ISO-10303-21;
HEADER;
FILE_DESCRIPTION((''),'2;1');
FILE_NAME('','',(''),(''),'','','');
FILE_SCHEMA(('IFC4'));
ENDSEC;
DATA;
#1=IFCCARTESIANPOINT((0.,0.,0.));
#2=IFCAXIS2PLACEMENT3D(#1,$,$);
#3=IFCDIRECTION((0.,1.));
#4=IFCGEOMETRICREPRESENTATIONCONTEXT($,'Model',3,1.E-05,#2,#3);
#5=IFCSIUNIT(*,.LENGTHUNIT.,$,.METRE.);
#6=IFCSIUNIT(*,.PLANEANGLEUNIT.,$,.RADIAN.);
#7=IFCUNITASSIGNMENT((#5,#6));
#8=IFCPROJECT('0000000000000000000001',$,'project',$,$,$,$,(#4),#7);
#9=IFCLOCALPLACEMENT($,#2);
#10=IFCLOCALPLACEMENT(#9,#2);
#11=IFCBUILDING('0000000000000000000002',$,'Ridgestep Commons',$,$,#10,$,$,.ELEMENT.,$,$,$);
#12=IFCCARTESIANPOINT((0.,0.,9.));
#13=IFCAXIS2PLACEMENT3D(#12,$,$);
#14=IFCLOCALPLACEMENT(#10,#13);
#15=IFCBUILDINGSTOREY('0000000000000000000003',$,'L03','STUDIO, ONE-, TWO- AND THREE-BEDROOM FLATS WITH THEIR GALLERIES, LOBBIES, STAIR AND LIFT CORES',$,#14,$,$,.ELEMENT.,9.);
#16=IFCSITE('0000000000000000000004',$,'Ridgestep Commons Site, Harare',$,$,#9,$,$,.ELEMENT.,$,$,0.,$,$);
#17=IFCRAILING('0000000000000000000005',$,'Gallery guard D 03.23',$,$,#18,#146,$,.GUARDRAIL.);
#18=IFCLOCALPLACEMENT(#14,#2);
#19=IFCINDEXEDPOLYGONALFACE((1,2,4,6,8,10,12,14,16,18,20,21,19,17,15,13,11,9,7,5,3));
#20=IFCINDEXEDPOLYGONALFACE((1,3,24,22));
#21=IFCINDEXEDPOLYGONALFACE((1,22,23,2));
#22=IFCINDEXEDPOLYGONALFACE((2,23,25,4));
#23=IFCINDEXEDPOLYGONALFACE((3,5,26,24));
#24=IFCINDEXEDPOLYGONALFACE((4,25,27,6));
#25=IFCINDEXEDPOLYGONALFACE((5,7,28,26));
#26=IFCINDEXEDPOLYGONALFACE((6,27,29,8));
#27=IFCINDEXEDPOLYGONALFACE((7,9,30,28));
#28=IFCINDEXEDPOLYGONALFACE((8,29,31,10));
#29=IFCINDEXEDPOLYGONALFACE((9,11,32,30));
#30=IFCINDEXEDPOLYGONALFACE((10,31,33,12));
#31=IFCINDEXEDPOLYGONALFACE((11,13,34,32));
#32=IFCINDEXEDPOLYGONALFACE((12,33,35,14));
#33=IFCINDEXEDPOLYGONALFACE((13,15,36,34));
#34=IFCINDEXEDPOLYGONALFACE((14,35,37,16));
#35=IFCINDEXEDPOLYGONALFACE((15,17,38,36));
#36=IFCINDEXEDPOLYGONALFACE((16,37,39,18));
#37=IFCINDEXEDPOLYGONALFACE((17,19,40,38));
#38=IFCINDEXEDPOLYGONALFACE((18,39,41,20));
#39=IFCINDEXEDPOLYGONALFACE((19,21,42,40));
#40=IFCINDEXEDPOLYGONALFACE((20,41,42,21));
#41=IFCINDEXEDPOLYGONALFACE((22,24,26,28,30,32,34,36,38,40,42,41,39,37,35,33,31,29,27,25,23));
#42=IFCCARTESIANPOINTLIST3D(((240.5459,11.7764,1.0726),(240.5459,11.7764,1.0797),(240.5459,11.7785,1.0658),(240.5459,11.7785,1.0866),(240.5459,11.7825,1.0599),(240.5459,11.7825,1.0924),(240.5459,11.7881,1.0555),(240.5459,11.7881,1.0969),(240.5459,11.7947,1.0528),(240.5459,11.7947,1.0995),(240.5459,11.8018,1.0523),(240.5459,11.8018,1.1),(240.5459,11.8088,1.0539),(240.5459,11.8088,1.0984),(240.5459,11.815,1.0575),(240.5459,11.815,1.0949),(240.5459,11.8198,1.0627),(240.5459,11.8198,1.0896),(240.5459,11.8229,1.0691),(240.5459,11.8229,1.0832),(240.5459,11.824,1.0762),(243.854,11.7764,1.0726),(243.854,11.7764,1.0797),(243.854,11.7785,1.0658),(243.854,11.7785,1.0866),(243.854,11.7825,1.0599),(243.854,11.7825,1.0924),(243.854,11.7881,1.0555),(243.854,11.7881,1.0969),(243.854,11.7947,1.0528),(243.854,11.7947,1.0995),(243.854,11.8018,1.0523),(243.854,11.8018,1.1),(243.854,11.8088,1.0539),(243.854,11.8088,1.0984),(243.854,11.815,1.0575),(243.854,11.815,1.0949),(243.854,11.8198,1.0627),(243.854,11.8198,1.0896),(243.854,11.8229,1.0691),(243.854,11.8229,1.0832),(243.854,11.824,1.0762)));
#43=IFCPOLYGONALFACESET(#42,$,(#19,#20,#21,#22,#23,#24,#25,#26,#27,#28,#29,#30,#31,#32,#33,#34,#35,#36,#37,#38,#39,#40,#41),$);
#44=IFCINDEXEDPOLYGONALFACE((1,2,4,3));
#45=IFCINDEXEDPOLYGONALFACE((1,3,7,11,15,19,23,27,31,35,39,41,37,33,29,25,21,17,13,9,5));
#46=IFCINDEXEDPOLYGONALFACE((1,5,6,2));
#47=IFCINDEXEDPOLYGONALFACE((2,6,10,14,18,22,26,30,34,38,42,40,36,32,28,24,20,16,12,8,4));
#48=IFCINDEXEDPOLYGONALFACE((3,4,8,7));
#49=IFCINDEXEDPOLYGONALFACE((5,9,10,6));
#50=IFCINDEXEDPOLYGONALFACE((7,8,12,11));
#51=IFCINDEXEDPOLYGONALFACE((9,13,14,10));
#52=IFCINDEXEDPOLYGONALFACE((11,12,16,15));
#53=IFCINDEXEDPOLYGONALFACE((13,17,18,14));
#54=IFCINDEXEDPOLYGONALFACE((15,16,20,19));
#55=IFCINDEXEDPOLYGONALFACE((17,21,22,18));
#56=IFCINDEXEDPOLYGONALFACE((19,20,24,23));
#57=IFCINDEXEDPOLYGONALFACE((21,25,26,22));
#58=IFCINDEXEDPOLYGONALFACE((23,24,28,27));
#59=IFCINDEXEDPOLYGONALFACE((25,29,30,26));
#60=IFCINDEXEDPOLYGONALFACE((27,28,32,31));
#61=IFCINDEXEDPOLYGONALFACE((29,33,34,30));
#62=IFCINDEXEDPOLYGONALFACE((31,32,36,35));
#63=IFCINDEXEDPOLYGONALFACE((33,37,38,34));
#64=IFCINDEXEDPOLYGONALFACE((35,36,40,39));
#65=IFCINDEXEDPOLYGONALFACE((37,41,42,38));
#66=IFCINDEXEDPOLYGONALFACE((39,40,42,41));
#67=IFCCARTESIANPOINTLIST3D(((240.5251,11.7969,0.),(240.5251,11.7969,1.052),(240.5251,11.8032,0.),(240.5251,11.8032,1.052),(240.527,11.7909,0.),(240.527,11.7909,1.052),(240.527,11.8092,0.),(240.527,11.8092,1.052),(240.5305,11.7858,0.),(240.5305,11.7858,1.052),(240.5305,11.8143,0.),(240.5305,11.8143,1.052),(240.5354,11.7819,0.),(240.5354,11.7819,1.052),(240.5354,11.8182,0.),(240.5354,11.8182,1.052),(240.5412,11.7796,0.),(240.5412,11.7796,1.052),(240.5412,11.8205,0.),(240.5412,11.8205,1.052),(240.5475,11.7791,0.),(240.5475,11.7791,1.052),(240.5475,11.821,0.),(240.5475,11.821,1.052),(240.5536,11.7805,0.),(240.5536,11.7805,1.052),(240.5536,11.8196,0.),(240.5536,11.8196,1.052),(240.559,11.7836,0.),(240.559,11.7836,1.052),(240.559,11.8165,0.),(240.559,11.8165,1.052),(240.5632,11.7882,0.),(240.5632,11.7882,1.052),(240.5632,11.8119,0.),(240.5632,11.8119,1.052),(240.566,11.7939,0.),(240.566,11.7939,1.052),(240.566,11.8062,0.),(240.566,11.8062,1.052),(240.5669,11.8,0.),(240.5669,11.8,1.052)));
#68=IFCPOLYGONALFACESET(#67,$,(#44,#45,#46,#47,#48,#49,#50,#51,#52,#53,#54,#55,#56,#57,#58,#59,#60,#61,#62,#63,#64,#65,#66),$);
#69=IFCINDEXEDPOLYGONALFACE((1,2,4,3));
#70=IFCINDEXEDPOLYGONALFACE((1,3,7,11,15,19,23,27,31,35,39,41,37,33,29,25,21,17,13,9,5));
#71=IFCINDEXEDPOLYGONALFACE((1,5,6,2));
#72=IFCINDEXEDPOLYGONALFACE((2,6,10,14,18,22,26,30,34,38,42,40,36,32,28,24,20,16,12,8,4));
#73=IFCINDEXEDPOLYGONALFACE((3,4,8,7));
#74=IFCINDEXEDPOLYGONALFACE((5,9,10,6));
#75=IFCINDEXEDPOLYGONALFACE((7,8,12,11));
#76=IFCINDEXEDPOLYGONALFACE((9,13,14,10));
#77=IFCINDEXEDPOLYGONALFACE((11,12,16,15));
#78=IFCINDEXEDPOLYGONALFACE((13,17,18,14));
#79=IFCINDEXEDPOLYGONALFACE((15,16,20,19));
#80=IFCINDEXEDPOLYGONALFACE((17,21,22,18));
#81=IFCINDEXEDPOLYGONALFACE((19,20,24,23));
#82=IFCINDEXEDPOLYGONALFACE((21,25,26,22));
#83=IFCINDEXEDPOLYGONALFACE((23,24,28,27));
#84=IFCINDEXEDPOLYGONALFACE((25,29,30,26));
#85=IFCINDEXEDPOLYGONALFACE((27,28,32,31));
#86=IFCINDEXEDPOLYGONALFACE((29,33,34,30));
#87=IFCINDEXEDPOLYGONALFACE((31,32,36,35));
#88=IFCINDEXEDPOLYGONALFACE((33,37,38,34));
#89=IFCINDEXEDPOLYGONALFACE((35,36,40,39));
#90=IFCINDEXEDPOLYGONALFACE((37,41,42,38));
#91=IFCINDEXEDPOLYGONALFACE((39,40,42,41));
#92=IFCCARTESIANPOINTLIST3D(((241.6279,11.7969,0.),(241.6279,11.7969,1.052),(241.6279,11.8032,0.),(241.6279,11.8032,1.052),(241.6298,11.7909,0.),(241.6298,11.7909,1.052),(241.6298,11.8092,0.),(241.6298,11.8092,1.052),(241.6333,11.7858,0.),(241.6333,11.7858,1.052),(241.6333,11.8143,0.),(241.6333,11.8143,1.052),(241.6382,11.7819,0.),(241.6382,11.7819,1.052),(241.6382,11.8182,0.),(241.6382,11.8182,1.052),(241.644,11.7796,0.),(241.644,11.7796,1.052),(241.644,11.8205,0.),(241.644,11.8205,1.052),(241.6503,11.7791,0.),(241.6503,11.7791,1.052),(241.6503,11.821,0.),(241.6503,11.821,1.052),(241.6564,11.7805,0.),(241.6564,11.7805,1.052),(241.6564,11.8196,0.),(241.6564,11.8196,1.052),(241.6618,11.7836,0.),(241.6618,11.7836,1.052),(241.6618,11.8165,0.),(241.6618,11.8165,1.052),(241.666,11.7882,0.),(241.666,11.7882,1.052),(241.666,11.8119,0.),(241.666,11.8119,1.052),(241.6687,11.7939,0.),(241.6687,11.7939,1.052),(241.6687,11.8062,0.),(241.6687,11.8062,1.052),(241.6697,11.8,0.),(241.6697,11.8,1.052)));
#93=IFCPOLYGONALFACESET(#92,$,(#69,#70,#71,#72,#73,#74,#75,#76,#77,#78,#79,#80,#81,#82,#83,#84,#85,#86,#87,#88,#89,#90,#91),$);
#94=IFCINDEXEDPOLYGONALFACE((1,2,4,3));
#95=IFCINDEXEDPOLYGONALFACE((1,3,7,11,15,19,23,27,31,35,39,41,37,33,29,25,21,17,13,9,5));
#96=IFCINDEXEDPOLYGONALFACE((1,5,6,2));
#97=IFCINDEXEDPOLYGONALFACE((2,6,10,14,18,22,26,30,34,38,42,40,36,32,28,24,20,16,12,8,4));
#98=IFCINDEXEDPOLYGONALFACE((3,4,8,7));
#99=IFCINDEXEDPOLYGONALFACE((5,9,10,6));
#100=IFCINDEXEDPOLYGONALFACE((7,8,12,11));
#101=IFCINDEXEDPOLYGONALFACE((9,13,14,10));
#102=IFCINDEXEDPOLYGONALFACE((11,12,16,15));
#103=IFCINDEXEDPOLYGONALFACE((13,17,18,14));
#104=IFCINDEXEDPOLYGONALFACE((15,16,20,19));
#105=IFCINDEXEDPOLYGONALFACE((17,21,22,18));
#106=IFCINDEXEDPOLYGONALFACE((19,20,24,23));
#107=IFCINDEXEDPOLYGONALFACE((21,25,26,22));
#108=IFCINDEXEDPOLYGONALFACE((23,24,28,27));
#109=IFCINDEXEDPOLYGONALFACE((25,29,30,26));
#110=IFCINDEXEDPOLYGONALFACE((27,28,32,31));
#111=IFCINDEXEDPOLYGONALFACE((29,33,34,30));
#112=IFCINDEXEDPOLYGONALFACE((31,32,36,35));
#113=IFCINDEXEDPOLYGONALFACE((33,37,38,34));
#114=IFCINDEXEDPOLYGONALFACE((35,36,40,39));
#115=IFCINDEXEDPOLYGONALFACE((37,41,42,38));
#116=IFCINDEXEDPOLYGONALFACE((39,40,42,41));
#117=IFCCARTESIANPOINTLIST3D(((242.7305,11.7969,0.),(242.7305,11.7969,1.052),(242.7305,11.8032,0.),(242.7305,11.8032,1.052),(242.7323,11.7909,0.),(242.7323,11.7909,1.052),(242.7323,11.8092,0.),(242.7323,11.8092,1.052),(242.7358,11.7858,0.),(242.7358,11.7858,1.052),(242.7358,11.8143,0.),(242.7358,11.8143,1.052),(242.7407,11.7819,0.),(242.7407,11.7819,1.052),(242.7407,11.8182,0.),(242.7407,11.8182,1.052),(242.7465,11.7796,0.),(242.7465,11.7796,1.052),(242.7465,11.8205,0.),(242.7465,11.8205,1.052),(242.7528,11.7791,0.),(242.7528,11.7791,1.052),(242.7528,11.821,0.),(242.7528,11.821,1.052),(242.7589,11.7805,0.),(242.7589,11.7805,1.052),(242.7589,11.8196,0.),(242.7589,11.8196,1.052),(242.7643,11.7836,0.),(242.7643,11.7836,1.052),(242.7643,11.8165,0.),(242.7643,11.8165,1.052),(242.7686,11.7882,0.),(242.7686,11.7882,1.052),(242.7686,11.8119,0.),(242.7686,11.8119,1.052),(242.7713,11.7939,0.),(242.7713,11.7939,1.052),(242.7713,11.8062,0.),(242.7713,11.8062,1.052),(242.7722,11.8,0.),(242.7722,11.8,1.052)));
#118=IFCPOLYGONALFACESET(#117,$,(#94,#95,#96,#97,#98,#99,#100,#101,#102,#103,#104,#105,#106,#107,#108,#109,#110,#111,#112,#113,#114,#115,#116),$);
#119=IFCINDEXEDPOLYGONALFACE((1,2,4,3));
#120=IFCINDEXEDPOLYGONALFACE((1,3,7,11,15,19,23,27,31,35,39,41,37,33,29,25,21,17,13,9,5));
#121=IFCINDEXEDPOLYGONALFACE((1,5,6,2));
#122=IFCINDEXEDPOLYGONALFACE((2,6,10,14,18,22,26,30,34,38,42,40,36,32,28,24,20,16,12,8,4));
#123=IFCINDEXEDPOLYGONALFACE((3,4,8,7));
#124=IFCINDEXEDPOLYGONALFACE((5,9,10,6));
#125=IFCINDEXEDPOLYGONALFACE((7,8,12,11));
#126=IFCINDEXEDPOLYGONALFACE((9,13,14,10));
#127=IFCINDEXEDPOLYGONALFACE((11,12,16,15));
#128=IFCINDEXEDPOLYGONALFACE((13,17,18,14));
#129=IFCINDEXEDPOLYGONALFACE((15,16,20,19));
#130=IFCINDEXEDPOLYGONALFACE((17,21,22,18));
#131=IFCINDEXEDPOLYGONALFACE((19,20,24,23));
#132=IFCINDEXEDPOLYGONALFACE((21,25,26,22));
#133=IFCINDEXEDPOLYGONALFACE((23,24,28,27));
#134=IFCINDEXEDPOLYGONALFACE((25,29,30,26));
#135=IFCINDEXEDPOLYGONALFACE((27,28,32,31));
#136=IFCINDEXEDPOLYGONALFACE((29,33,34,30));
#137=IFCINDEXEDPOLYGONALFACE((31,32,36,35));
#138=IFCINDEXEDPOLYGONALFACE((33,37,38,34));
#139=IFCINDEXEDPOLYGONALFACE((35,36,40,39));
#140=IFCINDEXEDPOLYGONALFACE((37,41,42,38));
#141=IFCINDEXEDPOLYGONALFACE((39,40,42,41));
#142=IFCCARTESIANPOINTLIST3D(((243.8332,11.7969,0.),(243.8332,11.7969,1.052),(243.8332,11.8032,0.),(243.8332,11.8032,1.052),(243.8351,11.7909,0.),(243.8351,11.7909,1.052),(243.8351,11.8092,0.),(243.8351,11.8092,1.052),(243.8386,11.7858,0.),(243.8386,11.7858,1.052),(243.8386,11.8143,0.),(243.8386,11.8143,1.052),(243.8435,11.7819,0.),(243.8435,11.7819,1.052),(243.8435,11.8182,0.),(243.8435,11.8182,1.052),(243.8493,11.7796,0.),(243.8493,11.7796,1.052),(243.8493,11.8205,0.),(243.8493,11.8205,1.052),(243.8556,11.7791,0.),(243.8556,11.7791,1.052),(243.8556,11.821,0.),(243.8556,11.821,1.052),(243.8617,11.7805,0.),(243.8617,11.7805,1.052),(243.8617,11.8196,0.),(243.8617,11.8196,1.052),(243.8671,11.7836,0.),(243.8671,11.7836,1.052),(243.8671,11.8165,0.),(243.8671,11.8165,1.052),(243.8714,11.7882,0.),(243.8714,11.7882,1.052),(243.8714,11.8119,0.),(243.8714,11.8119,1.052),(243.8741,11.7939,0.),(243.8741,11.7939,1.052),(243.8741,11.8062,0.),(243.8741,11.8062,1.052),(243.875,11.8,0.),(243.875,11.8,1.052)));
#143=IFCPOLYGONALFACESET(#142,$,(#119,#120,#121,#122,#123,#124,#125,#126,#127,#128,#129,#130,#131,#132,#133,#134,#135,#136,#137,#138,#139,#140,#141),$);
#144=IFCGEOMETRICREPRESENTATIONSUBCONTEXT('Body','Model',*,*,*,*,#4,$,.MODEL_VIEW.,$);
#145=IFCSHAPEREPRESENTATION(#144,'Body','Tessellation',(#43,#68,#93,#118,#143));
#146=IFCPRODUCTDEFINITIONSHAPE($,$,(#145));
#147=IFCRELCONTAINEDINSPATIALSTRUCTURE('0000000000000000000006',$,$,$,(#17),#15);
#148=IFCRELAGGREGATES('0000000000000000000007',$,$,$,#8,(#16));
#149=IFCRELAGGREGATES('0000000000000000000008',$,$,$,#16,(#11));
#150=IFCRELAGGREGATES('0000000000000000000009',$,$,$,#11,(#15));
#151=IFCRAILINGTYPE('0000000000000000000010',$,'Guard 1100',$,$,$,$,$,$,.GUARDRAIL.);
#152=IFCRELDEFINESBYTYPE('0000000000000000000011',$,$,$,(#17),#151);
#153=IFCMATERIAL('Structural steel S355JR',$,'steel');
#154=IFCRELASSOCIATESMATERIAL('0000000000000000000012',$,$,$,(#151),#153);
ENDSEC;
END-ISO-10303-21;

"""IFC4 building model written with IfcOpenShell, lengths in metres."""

from ifc_helpers import new_model, si_unit, direction, frame, origin, origin_2d, place, context, subcontext, project, spatial, circle, extrude, material, type_object, element, save


model = new_model("IFC4")

# Units and contexts
model_context = context("Model", 3, precision=1e-05, world=origin(), true_north=direction((0.0, 1.0)))
body_context = subcontext(model_context, "Body", "Model", "MODEL_VIEW")
ifc_project = project(units=[si_unit("LENGTHUNIT", "METRE"), si_unit("PLANEANGLEUNIT", "RADIAN")], contexts=[model_context])

# Site, building, storey
site_placement = place(None, origin())
site = spatial("IfcSite", under=ifc_project, at=site_placement, Name="Ridgestep Commons Site, Harare", CompositionType="ELEMENT", RefElevation=0.0)
building_placement = place(site_placement, origin())
building = spatial("IfcBuilding", under=site, at=building_placement, Name="Ridgestep Commons", CompositionType="ELEMENT")
storey_placement = place(building_placement, frame((0.0, 0.0, 9.0)))
storey = spatial("IfcBuildingStorey", under=building, at=storey_placement, Name="L03", Description="STUDIO, ONE-, TWO- AND THREE-BEDROOM FLATS WITH THEIR GALLERIES, LOBBIES, STAIR AND LIFT CORES", CompositionType="ELEMENT", Elevation=9.0)

# Railing
ifc_material_1 = material(Name="Structural steel S355JR", Category="steel")
railing_type = type_object("IfcRailingType", Name="Guard 1100", PredefinedType="GUARDRAIL", material=ifc_material_1)
railing_1_placement = place(storey_placement, frame((240.5459, 11.8, 0.0)))
element("IfcRailing", 1, at=railing_1_placement, inside=storey, type_object=railing_type, Name="Gallery guard D 03.23", PredefinedType="GUARDRAIL", context=body_context, shape_type="SweptSolid", body=[
    extrude(circle(Radius=0.0239, at=origin_2d()), frame((0.0, 0.0, 1.0762), z_axis=(1.0, 0.0, 0.0), x_axis=(0.0, 1.0, 0.0)), (0.0, 0.0, 1.0), 3.3081),
    extrude(circle(Radius=0.021, at=origin_2d()), origin(), (0.0, 0.0, 1.0), 1.052),
    extrude(circle(Radius=0.021, at=origin_2d()), frame((1.1028, 0.0, 0.0)), (0.0, 0.0, 1.0), 1.052),
    extrude(circle(Radius=0.021, at=origin_2d()), frame((2.2053, 0.0, 0.0)), (0.0, 0.0, 1.0), 1.052),
    extrude(circle(Radius=0.021, at=origin_2d()), frame((3.3081, 0.0, 0.0)), (0.0, 0.0, 1.0), 1.052),
])

save(model, "model.ifc")
